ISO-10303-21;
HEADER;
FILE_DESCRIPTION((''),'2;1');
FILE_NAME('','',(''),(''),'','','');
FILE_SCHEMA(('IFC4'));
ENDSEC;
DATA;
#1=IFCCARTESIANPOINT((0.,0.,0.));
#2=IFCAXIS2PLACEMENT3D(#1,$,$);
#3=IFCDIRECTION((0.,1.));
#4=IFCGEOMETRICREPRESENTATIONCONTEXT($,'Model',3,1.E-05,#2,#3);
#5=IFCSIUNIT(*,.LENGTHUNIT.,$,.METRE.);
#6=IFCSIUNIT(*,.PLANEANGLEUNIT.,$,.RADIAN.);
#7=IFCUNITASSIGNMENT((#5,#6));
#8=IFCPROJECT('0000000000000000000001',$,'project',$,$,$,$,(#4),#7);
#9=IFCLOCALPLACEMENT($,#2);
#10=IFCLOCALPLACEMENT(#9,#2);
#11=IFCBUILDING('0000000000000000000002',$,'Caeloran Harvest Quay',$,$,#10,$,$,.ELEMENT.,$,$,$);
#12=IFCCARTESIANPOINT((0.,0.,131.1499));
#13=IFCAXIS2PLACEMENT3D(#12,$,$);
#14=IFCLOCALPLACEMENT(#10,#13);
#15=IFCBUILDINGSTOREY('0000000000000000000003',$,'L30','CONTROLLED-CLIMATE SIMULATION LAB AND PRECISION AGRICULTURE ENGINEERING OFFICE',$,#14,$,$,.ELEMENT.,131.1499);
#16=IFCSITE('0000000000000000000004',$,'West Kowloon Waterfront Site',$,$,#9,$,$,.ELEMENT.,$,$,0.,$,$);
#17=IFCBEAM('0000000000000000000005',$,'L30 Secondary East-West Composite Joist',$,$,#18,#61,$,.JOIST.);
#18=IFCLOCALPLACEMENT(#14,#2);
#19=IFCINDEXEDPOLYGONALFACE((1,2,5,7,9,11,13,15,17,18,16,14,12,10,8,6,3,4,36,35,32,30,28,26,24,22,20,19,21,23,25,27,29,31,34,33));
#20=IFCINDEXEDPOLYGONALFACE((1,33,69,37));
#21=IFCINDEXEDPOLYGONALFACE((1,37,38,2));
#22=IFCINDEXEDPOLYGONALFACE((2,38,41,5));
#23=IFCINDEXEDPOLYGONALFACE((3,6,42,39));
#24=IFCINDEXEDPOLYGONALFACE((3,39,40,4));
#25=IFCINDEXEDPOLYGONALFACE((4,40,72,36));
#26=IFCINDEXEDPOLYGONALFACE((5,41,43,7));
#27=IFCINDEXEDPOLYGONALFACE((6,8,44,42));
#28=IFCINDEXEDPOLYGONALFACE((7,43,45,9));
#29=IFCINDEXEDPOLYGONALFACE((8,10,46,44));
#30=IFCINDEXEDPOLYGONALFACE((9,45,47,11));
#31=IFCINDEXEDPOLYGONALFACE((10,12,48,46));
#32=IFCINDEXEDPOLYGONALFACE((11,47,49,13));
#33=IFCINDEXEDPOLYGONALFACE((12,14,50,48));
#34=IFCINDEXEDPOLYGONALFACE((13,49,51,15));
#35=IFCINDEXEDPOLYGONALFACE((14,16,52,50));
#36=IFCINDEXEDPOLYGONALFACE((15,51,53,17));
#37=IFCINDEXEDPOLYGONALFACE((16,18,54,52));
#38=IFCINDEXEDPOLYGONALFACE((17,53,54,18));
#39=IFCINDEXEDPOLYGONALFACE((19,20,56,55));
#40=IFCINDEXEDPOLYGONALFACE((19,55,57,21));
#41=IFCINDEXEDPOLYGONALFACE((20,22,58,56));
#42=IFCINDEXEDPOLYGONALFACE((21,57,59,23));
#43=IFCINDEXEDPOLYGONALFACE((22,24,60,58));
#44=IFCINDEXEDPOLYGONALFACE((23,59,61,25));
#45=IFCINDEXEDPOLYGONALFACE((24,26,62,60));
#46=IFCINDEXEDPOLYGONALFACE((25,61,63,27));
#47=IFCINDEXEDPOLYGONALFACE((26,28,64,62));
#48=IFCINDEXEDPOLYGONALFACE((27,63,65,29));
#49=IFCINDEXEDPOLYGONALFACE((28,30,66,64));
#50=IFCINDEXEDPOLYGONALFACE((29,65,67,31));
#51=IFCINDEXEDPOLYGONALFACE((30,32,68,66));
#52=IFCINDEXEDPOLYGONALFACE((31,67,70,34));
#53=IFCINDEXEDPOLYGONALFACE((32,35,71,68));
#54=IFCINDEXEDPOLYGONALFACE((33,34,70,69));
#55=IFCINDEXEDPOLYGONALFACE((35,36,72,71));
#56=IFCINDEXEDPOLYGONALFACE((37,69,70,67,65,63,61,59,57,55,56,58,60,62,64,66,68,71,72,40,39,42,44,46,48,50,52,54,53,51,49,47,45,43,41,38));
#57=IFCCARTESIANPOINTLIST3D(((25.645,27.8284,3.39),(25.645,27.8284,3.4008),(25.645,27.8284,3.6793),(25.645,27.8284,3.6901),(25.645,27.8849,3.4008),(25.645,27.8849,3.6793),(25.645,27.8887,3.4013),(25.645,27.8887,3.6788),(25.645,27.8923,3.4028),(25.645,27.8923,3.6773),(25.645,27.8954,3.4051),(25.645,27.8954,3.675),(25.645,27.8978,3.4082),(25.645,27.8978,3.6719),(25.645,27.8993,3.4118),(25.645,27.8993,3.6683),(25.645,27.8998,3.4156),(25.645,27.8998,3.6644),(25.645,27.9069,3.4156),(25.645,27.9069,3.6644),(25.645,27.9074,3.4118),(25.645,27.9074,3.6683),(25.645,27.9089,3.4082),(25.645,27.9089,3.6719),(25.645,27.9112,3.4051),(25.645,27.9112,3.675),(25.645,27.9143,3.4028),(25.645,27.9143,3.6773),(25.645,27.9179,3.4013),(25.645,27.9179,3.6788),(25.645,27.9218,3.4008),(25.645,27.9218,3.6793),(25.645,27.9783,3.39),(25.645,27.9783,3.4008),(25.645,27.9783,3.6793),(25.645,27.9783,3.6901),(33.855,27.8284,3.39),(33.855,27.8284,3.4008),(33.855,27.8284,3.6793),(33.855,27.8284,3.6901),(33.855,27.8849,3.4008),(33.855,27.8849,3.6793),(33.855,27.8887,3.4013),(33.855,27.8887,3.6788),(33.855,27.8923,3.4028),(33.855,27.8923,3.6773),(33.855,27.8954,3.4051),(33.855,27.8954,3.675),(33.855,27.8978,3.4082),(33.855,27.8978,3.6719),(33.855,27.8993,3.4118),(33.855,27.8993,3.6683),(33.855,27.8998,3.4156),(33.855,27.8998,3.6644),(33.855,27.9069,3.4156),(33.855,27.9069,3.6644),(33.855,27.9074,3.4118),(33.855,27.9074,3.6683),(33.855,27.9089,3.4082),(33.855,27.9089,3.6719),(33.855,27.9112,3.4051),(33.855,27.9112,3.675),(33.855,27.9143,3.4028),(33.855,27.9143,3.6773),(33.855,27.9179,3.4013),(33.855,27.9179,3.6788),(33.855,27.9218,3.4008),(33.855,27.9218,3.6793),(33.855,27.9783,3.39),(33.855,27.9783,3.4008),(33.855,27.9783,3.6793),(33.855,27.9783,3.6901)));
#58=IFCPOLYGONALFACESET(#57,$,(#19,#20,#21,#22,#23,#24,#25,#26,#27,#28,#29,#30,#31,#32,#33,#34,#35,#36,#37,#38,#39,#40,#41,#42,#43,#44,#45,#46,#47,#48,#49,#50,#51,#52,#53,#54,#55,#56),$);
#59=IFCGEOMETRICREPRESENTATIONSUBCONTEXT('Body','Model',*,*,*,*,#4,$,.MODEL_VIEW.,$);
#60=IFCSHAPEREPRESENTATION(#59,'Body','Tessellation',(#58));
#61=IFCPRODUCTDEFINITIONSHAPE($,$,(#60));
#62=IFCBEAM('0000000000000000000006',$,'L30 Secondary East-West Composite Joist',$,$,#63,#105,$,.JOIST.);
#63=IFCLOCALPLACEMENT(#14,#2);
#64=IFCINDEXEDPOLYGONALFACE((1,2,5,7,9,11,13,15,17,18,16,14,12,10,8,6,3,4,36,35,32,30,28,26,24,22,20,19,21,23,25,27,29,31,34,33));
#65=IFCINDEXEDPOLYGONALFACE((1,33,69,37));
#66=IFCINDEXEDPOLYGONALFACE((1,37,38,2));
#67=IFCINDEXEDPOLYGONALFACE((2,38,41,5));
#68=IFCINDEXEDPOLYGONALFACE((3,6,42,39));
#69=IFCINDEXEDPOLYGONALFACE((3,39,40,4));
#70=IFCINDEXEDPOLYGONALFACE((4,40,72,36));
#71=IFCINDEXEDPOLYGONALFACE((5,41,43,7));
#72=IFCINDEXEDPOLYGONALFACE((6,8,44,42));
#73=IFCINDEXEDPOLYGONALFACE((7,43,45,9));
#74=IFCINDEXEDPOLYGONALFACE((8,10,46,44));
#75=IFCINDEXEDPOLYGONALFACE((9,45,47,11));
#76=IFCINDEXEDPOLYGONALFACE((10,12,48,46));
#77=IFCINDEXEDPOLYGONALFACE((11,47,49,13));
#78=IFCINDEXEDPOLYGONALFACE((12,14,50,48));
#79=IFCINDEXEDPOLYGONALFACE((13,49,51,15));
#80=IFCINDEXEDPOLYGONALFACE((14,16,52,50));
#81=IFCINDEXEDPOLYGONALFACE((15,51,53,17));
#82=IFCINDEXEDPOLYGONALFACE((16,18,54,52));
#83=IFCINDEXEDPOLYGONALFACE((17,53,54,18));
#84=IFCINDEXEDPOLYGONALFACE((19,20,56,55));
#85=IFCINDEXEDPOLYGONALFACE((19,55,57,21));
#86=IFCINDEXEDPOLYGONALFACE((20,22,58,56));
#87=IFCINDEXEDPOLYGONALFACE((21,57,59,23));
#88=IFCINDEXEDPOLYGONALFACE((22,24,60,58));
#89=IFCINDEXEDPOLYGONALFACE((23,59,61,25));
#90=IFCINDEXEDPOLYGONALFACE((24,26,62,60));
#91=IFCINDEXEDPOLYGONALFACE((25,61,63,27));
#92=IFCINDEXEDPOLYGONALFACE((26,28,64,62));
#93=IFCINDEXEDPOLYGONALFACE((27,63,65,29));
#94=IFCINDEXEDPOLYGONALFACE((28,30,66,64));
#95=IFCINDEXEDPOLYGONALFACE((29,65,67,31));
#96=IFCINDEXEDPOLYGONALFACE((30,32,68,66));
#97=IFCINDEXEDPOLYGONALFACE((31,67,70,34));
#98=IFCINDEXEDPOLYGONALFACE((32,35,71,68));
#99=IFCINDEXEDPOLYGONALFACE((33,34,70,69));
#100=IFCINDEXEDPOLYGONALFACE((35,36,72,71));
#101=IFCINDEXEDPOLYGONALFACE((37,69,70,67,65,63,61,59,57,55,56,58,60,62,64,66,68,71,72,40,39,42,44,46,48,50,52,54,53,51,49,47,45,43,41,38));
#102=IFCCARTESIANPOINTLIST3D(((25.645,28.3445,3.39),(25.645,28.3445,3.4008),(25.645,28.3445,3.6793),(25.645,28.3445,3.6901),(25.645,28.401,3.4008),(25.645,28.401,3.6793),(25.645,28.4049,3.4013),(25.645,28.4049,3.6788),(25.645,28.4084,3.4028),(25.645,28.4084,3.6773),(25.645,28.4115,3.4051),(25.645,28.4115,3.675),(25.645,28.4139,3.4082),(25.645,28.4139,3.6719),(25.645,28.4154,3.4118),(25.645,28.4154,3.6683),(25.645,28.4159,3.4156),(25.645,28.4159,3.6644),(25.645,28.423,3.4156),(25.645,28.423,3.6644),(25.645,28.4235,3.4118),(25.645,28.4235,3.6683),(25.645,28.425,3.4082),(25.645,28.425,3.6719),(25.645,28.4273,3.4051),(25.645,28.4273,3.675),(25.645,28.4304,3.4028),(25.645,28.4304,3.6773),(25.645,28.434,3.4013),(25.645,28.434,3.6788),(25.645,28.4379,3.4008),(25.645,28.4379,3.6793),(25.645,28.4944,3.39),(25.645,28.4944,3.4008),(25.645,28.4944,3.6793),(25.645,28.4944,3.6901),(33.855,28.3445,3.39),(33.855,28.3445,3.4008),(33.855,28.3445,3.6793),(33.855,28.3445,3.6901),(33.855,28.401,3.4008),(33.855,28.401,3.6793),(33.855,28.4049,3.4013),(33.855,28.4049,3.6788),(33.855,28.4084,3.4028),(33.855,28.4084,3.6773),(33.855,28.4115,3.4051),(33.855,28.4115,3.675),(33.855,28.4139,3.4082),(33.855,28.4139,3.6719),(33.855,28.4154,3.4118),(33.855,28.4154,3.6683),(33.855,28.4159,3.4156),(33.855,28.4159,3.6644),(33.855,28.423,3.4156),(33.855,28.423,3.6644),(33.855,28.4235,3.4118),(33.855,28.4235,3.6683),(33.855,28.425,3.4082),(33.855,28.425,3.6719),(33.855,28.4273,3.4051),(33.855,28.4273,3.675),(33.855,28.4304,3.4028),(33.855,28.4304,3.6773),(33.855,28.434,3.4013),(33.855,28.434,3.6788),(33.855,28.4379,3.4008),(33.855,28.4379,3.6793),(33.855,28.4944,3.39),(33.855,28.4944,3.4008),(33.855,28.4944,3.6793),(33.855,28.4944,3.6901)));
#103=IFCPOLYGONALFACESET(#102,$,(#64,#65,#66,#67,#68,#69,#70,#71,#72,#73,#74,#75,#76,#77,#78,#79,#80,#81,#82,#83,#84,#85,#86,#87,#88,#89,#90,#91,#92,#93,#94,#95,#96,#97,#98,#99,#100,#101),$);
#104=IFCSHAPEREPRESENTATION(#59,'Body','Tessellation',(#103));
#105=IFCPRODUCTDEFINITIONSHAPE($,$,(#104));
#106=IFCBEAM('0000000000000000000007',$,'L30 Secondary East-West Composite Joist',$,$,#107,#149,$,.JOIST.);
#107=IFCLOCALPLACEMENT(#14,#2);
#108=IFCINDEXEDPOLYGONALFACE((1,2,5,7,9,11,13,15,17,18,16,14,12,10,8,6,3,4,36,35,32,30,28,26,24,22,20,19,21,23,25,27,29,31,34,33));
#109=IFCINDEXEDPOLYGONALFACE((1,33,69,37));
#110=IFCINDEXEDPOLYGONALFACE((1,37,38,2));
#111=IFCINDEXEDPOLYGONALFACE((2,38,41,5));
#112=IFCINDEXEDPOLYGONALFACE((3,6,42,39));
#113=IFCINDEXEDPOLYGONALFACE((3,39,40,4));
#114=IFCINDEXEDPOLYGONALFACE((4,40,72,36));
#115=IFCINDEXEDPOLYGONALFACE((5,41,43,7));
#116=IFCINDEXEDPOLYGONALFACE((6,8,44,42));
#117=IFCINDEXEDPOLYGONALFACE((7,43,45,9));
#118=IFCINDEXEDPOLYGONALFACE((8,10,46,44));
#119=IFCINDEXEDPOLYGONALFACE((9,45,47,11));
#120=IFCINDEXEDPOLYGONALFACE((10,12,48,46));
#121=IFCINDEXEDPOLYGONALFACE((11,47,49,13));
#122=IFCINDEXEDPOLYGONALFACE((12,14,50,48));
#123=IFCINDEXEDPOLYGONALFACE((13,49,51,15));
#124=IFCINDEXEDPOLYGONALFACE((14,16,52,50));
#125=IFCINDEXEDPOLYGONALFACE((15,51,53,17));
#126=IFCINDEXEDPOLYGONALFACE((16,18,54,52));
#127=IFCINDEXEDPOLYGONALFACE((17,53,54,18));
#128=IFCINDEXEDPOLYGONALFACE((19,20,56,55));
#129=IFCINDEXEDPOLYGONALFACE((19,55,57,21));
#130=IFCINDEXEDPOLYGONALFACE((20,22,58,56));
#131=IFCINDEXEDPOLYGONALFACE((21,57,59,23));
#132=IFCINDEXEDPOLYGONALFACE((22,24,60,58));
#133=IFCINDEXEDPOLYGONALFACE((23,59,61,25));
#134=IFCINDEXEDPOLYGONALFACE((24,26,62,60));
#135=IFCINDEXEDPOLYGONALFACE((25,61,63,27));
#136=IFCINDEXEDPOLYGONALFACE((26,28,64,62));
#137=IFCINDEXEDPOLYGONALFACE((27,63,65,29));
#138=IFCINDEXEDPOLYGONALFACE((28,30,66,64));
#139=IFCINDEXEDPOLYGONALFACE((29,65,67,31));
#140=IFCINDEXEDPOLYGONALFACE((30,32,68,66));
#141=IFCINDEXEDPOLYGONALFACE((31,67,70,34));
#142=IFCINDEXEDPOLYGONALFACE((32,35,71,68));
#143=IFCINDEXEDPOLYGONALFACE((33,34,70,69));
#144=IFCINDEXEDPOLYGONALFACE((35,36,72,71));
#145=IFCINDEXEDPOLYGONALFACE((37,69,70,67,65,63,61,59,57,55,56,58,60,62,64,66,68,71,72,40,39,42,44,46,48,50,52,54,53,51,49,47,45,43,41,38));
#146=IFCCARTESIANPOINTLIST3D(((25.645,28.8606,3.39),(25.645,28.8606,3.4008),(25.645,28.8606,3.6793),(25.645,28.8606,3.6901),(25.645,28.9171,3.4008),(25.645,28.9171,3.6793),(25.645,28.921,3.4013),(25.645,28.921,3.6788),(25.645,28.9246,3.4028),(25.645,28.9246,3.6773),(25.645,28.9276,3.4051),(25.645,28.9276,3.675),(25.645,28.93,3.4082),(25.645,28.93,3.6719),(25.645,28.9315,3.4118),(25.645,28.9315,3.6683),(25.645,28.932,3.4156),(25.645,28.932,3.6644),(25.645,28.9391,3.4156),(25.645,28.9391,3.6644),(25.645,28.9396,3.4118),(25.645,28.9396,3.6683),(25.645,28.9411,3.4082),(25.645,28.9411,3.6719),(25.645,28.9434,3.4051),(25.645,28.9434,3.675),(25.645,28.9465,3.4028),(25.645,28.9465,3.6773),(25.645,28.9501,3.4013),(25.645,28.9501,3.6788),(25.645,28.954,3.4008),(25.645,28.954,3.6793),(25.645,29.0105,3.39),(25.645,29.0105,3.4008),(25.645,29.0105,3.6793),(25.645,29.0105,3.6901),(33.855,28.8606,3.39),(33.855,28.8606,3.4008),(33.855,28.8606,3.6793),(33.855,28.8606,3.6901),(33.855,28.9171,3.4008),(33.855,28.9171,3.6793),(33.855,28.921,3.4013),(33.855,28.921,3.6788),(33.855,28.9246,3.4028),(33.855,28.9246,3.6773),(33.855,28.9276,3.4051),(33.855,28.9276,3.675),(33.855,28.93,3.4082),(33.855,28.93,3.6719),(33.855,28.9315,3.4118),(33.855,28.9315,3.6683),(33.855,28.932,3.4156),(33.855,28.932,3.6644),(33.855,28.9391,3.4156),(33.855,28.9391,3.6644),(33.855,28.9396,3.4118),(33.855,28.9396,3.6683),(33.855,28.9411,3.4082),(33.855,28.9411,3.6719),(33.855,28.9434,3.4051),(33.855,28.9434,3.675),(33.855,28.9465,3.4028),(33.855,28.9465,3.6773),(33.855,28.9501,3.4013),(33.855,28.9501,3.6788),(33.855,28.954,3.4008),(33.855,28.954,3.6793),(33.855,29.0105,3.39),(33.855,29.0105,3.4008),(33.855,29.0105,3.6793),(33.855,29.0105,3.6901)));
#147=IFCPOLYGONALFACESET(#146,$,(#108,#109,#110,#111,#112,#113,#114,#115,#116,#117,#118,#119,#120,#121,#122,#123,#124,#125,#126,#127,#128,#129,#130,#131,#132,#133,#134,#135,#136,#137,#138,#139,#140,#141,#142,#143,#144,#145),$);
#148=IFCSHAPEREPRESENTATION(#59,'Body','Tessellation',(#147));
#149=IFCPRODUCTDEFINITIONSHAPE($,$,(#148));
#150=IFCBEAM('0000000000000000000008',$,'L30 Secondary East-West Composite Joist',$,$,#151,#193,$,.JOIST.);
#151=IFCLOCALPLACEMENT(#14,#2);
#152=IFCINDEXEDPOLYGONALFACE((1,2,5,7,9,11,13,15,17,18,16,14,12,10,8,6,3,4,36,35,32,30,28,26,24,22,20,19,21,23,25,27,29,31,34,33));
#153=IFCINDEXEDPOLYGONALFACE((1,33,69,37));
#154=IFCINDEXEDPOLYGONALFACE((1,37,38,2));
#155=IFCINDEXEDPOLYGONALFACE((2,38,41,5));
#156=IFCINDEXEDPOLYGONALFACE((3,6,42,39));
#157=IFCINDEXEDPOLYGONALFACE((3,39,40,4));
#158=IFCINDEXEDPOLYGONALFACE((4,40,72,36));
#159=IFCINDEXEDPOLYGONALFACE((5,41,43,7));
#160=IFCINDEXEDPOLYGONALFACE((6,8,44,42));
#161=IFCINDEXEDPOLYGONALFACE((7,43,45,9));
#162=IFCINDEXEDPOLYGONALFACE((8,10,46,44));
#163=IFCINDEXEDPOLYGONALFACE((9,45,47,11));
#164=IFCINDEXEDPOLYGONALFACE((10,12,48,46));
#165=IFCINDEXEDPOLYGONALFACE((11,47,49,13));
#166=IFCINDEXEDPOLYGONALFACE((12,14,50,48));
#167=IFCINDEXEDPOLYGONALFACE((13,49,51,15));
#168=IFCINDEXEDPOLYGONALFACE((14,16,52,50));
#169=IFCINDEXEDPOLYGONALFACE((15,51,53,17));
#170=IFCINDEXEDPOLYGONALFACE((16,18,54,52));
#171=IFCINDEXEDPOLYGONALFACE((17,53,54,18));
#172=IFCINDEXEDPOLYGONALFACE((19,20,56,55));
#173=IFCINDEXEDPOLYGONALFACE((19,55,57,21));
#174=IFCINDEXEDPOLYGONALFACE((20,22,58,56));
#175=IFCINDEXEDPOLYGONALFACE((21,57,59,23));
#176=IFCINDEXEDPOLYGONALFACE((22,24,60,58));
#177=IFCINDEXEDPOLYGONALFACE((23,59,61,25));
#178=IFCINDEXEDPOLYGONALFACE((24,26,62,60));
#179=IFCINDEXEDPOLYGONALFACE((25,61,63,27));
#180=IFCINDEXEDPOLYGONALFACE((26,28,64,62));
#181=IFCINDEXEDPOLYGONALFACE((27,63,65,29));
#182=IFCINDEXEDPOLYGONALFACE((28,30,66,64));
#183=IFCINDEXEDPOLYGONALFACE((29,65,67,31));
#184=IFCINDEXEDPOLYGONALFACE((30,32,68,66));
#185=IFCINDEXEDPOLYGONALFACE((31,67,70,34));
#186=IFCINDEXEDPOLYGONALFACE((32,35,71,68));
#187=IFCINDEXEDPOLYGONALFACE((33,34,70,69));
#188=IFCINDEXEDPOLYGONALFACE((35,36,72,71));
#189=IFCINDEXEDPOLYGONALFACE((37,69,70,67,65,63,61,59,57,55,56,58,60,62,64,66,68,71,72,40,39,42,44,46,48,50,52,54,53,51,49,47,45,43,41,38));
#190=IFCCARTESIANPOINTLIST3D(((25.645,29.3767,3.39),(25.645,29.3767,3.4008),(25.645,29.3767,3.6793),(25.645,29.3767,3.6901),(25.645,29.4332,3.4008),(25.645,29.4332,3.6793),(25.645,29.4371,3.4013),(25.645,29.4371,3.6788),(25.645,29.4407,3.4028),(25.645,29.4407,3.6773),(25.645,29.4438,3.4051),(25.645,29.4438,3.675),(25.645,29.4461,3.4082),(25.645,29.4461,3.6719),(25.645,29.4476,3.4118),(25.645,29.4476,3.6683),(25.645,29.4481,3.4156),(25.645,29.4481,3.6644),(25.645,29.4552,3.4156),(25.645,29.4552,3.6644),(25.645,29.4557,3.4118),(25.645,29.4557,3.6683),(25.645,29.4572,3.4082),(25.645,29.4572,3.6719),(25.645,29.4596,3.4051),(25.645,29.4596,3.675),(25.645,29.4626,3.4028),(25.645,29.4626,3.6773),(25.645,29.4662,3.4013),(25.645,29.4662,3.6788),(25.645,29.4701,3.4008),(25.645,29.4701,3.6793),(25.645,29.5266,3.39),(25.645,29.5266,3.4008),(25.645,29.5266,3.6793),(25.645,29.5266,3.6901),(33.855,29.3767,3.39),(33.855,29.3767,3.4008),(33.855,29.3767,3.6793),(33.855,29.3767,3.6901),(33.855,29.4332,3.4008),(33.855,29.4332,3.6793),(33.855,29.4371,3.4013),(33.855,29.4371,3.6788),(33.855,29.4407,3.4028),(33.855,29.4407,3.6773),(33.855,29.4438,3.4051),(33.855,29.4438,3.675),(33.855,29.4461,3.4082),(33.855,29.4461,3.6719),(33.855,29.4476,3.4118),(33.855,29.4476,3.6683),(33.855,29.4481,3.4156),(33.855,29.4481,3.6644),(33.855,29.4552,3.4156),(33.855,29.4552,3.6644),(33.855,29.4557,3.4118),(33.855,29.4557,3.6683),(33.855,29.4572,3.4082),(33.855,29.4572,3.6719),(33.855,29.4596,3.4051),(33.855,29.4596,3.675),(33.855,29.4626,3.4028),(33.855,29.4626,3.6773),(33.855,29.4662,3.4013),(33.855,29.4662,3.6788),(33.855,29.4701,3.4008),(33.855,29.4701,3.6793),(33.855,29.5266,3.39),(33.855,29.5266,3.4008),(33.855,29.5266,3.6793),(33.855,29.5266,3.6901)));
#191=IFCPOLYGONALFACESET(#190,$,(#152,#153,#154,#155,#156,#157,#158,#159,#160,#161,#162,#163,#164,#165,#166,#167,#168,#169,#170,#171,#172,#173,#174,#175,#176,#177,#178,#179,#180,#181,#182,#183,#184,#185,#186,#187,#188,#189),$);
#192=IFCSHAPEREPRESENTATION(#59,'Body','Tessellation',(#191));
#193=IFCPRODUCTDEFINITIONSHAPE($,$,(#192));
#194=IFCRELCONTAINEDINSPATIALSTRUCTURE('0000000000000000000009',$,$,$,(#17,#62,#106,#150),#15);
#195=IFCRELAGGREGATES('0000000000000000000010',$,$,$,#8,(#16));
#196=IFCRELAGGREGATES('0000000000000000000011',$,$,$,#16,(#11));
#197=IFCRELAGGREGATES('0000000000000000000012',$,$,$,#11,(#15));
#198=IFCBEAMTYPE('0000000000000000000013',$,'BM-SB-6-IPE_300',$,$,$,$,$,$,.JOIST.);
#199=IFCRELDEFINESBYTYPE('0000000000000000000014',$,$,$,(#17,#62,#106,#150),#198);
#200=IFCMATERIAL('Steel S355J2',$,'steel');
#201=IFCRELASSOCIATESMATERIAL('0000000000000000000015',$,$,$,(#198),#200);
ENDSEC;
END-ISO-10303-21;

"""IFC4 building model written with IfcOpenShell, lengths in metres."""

from ifc_helpers import new_model, si_unit, direction, frame, origin, origin_2d, place, context, subcontext, project, spatial, i_section, extrude, material, material_profile, profile_set, type_object, element, save


model = new_model("IFC4")

# Units and contexts
model_context = context("Model", 3, precision=1e-05, world=origin(), true_north=direction((0.0, 1.0)))
body_context = subcontext(model_context, "Body", "Model", "MODEL_VIEW")
ifc_project = project(units=[si_unit("LENGTHUNIT", "METRE"), si_unit("PLANEANGLEUNIT", "RADIAN")], contexts=[model_context])

# Site, building, storey
site_placement = place(None, origin())
site = spatial("IfcSite", under=ifc_project, at=site_placement, Name="West Kowloon Waterfront Site", CompositionType="ELEMENT", RefElevation=0.0)
building_placement = place(site_placement, origin())
building = spatial("IfcBuilding", under=site, at=building_placement, Name="Caeloran Harvest Quay", CompositionType="ELEMENT")
storey_placement = place(building_placement, frame((0.0, 0.0, 131.1499)))
storey = spatial("IfcBuildingStorey", under=building, at=storey_placement, Name="L30", Description="CONTROLLED-CLIMATE SIMULATION LAB AND PRECISION AGRICULTURE ENGINEERING OFFICE", CompositionType="ELEMENT", Elevation=131.1499)

# Beams
ifc_material_1 = material(Name="Steel S355J2", Category="steel")
ifc_material_profile_1 = material_profile(ifc_material_1, i_section(OverallWidth=0.1499, OverallDepth=0.3, WebThickness=0.0071, FlangeThickness=0.0107, FilletRadius=0.0149, at=origin_2d()), Name="IPE 300")
ifc_profile_set_1 = profile_set([ifc_material_profile_1], Name="Steel S355J2")
beam_type_1 = type_object("IfcBeamType", Name="BM-SB-6-IPE_300", PredefinedType="JOIST", material=ifc_profile_set_1)
for number, where, z_axis, x_axis, name in (
    (1, (25.645, 27.9033, 3.54), (1.0, 0.0, 0.0), (0.0, 1.0, 0.0), "L30 Secondary East-West Composite Joist"),
    (2, (25.645, 28.4194, 3.54), (1.0, 0.0, 0.0), (0.0, 1.0, 0.0), "L30 Secondary East-West Composite Joist"),
    (3, (25.645, 28.9355, 3.54), (1.0, 0.0, 0.0), (0.0, 1.0, 0.0), "L30 Secondary East-West Composite Joist"),
    (4, (25.645, 29.4517, 3.54), (1.0, 0.0, 0.0), (0.0, 1.0, 0.0), "L30 Secondary East-West Composite Joist"),
):
    element("IfcBeam", number, at=place(storey_placement, frame(where, z_axis=z_axis, x_axis=x_axis)), inside=storey, type_object=beam_type_1, Name=name, PredefinedType="JOIST", context=body_context, shape_type="SweptSolid", body=[
        extrude(i_section(OverallWidth=0.1499, OverallDepth=0.3, WebThickness=0.0071, FlangeThickness=0.0107, FilletRadius=0.0149, at=origin_2d()), origin(), (0.0, 0.0, 1.0), 8.21),
    ])

save(model, "model.ifc")
